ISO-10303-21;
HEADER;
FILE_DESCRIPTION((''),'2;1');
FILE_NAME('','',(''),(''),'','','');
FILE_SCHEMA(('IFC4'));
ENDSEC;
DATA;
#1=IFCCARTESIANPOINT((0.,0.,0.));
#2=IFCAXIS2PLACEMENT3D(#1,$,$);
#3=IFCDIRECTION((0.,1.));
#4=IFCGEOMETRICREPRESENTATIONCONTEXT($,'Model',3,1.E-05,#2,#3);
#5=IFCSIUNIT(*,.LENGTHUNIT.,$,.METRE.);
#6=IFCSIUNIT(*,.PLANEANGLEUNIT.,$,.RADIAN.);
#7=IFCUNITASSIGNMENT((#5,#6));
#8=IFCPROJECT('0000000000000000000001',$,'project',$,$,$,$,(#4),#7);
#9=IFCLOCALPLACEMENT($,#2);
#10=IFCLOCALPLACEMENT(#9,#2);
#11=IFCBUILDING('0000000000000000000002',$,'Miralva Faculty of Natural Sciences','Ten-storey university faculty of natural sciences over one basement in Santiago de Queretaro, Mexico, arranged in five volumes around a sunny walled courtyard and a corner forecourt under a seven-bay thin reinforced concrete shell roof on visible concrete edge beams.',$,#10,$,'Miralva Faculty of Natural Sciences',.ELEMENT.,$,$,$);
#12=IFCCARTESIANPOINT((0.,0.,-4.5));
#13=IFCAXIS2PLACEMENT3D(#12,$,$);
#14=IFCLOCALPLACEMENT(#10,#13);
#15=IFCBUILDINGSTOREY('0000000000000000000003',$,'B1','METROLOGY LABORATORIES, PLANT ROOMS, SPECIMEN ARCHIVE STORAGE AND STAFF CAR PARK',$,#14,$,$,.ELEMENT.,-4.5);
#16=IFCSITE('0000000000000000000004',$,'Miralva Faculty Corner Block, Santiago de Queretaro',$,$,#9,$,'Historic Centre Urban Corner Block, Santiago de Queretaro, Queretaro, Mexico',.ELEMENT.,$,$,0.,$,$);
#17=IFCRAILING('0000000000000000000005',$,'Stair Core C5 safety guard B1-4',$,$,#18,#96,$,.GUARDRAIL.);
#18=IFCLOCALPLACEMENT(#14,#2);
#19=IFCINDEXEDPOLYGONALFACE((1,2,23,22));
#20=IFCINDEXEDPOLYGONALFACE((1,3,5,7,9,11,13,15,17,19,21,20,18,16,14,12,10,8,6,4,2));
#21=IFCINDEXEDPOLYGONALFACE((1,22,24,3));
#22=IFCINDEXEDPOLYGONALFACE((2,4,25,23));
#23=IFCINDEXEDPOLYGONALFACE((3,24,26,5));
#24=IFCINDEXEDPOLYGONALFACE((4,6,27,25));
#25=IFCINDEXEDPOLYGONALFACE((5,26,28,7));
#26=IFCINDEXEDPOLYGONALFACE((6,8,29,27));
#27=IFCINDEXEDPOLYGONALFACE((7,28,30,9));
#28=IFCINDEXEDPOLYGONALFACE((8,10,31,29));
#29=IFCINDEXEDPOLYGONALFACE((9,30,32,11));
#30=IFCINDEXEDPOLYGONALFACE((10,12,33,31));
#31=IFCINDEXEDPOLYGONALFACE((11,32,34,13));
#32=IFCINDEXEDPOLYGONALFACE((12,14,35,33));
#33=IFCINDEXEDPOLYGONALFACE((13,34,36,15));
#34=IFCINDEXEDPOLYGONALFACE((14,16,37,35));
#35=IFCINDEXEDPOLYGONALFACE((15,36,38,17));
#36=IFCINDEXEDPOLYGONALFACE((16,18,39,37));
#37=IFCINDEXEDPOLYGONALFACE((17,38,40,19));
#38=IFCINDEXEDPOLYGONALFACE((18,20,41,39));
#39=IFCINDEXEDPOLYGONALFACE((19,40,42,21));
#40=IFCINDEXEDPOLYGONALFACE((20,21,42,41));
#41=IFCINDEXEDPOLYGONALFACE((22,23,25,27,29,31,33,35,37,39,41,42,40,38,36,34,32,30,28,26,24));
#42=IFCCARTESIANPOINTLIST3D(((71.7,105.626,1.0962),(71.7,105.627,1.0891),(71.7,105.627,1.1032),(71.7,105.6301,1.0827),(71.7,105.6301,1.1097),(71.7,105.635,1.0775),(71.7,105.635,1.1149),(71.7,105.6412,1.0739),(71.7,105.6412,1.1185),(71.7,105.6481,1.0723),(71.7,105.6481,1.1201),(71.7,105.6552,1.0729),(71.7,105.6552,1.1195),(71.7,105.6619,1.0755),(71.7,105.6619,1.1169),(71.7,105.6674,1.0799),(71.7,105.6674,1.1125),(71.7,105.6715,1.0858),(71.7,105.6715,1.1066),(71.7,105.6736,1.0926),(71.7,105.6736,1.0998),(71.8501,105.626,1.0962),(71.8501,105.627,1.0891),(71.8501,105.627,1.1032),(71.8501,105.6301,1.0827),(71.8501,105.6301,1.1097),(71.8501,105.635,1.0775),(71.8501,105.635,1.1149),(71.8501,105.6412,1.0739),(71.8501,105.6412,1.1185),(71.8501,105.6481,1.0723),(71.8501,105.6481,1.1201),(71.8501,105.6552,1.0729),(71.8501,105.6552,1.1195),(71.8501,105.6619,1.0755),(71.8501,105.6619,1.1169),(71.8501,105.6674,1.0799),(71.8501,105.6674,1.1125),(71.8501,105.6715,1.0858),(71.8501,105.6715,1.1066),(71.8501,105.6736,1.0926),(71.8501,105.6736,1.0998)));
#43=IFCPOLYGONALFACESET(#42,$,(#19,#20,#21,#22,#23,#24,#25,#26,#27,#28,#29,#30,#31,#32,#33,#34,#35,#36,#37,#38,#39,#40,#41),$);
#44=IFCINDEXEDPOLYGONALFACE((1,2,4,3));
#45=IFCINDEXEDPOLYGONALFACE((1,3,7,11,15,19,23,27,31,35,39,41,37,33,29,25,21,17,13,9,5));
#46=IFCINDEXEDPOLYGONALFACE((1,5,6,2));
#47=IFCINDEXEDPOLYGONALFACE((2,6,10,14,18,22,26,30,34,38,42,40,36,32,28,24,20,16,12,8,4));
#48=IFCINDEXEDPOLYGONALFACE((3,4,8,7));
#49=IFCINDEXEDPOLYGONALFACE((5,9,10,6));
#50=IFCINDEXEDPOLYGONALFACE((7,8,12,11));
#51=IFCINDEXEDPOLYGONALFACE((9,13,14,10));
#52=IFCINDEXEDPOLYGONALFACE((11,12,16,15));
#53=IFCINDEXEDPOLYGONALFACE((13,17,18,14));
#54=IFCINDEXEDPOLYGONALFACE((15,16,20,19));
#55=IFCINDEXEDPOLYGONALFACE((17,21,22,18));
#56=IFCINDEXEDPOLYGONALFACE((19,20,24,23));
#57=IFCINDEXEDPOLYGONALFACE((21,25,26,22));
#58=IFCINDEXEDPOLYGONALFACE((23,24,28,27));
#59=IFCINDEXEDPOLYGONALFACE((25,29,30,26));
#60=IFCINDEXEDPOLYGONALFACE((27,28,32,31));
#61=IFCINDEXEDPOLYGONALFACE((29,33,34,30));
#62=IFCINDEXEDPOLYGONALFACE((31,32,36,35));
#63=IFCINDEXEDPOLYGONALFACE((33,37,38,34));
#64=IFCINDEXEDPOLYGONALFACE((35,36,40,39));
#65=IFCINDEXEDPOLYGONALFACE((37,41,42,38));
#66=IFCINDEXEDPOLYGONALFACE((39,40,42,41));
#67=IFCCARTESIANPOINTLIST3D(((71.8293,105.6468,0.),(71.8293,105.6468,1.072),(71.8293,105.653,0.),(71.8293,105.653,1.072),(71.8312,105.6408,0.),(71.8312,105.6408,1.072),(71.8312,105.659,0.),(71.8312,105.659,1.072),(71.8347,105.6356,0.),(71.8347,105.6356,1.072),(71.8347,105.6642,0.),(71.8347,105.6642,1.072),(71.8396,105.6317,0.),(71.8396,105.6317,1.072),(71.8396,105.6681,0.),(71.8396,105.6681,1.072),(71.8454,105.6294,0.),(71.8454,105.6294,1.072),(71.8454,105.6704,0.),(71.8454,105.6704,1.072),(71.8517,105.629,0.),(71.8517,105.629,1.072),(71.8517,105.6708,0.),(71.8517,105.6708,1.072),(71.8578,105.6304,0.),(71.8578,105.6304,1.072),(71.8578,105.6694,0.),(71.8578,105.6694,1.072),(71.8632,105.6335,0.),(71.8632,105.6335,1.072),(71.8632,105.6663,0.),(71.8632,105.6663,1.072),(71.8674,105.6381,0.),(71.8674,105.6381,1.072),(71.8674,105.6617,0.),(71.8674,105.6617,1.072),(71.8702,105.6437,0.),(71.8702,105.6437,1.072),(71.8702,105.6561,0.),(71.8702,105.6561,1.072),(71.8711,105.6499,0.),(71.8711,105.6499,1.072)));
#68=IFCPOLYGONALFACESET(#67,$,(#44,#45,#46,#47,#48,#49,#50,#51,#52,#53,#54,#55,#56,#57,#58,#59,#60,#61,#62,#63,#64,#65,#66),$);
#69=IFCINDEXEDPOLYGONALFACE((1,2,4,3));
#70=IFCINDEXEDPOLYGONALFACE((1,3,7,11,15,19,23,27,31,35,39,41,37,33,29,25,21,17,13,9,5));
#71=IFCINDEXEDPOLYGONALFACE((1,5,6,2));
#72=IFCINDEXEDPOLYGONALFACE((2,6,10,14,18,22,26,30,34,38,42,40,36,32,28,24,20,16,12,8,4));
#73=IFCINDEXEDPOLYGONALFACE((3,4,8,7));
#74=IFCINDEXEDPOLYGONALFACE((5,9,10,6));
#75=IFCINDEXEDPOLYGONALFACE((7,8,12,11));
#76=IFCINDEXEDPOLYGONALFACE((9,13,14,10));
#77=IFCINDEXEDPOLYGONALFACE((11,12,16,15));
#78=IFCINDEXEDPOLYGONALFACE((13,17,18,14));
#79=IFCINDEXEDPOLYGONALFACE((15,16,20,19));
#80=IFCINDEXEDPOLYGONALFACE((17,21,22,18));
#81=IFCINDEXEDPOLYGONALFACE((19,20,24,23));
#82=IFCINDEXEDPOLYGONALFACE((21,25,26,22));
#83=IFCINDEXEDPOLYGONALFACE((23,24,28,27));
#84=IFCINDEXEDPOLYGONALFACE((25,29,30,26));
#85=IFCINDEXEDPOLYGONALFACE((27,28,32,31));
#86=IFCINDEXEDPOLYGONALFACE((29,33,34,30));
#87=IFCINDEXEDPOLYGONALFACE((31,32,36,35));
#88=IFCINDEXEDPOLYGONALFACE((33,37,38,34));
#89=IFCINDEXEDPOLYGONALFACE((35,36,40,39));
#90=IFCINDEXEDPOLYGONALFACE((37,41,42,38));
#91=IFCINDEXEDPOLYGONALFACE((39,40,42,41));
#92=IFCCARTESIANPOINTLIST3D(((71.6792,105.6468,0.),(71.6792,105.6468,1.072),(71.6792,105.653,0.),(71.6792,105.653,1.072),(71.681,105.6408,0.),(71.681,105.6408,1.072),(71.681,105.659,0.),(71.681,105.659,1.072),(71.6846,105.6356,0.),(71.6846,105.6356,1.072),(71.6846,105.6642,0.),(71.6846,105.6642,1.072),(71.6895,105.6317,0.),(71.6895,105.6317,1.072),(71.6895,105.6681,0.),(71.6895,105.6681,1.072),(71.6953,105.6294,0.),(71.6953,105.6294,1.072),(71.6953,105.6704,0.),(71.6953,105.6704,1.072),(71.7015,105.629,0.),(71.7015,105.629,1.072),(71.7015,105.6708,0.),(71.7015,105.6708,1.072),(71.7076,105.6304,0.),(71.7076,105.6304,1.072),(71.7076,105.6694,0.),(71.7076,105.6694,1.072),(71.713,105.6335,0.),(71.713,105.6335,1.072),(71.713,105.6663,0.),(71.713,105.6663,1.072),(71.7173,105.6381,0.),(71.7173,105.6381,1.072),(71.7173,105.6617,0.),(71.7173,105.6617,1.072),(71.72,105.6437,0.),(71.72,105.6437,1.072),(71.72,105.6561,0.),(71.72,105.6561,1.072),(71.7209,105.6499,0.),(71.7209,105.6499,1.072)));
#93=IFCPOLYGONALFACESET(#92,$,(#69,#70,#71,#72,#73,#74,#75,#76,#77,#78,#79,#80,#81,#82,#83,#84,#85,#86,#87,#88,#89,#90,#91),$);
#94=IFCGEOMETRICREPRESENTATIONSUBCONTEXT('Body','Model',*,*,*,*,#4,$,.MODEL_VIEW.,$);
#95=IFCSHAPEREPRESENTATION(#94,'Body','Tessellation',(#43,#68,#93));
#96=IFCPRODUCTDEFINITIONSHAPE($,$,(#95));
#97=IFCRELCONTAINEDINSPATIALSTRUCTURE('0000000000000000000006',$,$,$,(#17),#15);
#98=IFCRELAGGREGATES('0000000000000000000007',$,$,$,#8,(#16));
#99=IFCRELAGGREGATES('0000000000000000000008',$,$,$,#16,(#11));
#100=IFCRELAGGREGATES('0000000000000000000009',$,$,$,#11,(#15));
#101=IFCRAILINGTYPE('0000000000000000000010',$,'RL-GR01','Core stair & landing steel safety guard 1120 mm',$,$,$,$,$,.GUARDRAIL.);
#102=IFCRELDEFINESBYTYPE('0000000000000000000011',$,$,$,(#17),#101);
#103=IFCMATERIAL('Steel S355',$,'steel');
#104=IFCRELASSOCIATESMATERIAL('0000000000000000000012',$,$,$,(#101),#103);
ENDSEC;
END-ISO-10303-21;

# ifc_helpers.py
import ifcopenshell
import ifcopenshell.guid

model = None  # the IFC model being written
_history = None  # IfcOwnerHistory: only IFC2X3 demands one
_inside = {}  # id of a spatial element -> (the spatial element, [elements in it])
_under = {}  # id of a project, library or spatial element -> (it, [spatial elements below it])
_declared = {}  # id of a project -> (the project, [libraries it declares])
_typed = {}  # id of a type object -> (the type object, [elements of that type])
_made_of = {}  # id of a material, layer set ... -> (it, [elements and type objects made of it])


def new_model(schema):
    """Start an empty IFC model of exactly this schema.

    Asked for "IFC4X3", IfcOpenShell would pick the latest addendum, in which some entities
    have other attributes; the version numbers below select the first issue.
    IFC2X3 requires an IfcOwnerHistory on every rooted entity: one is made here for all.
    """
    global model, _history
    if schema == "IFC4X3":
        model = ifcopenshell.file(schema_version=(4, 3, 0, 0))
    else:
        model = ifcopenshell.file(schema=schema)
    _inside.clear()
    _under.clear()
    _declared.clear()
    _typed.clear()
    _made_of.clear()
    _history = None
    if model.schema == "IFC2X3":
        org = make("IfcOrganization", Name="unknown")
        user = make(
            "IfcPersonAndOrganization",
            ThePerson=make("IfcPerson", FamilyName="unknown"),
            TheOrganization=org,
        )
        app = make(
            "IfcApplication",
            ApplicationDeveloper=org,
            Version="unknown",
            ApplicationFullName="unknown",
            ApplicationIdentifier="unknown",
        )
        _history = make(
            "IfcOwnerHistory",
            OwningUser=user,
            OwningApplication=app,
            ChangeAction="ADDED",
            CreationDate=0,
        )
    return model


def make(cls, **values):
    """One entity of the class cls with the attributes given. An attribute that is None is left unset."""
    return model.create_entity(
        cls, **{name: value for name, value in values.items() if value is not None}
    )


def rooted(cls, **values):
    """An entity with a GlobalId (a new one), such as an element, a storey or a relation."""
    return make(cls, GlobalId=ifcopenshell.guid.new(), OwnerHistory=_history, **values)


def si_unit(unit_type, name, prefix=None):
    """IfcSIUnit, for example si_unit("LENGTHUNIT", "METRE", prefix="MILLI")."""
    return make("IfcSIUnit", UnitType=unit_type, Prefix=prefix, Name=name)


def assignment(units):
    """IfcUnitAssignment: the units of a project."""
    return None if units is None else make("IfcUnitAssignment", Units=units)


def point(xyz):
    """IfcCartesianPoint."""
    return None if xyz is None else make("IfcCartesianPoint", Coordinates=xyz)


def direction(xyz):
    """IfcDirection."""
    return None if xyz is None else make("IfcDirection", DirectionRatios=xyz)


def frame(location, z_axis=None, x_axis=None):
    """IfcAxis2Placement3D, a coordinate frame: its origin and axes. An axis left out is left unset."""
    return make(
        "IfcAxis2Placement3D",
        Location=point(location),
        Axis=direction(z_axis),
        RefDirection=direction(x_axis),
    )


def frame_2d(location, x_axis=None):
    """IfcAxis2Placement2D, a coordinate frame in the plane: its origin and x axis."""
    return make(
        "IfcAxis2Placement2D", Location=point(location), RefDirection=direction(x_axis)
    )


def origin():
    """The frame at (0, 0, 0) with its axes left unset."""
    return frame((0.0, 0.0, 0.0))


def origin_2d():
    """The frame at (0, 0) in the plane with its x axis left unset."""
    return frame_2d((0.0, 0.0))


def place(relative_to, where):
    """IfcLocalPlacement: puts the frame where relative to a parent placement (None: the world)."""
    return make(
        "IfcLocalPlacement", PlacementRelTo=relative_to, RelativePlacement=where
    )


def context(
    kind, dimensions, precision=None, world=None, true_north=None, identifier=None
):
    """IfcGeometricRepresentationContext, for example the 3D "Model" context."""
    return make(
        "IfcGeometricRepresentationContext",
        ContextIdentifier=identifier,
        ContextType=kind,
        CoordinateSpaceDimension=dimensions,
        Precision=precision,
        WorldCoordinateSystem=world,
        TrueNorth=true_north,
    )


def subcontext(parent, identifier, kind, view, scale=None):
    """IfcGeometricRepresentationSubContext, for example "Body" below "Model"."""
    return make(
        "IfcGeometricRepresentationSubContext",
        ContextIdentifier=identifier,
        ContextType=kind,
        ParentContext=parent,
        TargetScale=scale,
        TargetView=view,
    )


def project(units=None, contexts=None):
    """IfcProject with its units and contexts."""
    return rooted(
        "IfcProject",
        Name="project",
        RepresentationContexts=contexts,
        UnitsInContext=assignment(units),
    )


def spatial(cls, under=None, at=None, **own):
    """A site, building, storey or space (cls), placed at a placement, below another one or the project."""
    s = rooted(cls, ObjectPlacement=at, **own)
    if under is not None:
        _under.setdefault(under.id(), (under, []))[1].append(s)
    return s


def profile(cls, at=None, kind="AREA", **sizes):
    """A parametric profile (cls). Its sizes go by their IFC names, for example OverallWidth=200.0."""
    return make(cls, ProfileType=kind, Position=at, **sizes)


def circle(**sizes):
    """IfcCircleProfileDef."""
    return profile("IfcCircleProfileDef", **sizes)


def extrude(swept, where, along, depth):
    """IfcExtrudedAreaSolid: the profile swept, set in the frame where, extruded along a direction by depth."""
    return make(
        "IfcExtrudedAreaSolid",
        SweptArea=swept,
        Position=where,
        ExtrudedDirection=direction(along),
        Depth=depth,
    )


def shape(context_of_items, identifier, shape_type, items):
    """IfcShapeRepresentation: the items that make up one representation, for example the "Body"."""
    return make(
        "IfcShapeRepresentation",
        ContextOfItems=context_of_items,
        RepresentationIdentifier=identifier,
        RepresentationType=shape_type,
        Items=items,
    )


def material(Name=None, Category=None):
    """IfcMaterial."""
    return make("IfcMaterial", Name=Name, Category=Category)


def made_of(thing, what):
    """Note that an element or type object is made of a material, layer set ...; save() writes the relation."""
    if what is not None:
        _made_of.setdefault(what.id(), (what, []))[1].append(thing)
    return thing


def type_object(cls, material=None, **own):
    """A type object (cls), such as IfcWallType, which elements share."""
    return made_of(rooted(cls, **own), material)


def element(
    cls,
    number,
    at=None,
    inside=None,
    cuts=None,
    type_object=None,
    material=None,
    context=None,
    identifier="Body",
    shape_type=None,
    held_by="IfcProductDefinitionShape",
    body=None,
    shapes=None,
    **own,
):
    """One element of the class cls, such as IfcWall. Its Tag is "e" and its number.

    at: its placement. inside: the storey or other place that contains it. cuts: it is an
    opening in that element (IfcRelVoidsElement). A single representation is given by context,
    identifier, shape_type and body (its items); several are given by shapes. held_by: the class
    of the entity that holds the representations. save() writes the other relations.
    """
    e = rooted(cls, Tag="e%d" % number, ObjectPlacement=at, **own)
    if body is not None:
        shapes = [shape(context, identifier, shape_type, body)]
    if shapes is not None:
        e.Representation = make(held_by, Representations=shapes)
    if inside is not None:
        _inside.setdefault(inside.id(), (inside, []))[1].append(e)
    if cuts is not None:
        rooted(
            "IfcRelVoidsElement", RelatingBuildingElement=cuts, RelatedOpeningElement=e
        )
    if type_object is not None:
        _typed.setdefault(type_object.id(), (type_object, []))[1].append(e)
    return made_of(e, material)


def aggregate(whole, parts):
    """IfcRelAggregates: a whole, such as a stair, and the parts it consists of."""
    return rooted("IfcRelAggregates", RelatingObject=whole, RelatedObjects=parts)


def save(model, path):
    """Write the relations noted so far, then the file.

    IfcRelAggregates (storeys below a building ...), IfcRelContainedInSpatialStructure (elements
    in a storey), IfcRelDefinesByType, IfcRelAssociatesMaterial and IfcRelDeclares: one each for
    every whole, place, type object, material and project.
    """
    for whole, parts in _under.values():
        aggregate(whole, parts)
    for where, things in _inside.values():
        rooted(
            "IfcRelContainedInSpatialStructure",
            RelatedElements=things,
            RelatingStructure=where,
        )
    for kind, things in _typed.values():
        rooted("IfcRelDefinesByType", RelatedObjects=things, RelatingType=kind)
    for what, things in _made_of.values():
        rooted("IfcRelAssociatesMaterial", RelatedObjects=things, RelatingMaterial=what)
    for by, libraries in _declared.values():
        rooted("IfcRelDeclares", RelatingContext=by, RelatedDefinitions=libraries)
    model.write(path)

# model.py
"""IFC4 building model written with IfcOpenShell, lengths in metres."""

from ifc_helpers import new_model, si_unit, direction, frame, origin, origin_2d, place, context, subcontext, project, spatial, circle, extrude, material, type_object, element, save


model = new_model("IFC4")

# Units and contexts
model_context = context("Model", 3, precision=1e-05, world=origin(), true_north=direction((0.0, 1.0)))
body_context = subcontext(model_context, "Body", "Model", "MODEL_VIEW")
ifc_project = project(units=[si_unit("LENGTHUNIT", "METRE"), si_unit("PLANEANGLEUNIT", "RADIAN")], contexts=[model_context])

# Site, building, storey
site_placement = place(None, origin())
site = spatial("IfcSite", under=ifc_project, at=site_placement, Name="Miralva Faculty Corner Block, Santiago de Queretaro", LongName="Historic Centre Urban Corner Block, Santiago de Queretaro, Queretaro, Mexico", CompositionType="ELEMENT", RefElevation=0.0)
building_placement = place(site_placement, origin())
building = spatial("IfcBuilding", under=site, at=building_placement, Name="Miralva Faculty of Natural Sciences", Description="Ten-storey university faculty of natural sciences over one basement in Santiago de Queretaro, Mexico, arranged in five volumes around a sunny walled courtyard and a corner forecourt under a seven-bay thin reinforced concrete shell roof on visible concrete edge beams.", LongName="Miralva Faculty of Natural Sciences", CompositionType="ELEMENT")
storey_placement = place(building_placement, frame((0.0, 0.0, -4.5)))
storey = spatial("IfcBuildingStorey", under=building, at=storey_placement, Name="B1", Description="METROLOGY LABORATORIES, PLANT ROOMS, SPECIMEN ARCHIVE STORAGE AND STAFF CAR PARK", CompositionType="ELEMENT", Elevation=-4.5)

# Railing
ifc_material_1 = material(Name="Steel S355", Category="steel")
railing_type_1 = type_object("IfcRailingType", Name="RL-GR01", Description="Core stair & landing steel safety guard 1120 mm", PredefinedType="GUARDRAIL", material=ifc_material_1)
railing_1_placement = place(storey_placement, frame((71.8501, 105.6499, 0.0)))
element("IfcRailing", 1, at=railing_1_placement, inside=storey, type_object=railing_type_1, Name="Stair Core C5 safety guard B1-4", PredefinedType="GUARDRAIL", context=body_context, shape_type="SweptSolid", body=[
    extrude(circle(Radius=0.0239, at=origin_2d()), frame((0.0, 0.0, 1.0962), z_axis=(-1.0, 0.0, 0.0), x_axis=(0.0, -1.0, 0.0)), (0.0, 0.0, 1.0), 0.1501),
    extrude(circle(Radius=0.021, at=origin_2d()), origin(), (0.0, 0.0, 1.0), 1.072),
    extrude(circle(Radius=0.021, at=origin_2d()), frame((-0.1501, 0.0, 0.0)), (0.0, 0.0, 1.0), 1.072),
])

save(model, "model.ifc")
